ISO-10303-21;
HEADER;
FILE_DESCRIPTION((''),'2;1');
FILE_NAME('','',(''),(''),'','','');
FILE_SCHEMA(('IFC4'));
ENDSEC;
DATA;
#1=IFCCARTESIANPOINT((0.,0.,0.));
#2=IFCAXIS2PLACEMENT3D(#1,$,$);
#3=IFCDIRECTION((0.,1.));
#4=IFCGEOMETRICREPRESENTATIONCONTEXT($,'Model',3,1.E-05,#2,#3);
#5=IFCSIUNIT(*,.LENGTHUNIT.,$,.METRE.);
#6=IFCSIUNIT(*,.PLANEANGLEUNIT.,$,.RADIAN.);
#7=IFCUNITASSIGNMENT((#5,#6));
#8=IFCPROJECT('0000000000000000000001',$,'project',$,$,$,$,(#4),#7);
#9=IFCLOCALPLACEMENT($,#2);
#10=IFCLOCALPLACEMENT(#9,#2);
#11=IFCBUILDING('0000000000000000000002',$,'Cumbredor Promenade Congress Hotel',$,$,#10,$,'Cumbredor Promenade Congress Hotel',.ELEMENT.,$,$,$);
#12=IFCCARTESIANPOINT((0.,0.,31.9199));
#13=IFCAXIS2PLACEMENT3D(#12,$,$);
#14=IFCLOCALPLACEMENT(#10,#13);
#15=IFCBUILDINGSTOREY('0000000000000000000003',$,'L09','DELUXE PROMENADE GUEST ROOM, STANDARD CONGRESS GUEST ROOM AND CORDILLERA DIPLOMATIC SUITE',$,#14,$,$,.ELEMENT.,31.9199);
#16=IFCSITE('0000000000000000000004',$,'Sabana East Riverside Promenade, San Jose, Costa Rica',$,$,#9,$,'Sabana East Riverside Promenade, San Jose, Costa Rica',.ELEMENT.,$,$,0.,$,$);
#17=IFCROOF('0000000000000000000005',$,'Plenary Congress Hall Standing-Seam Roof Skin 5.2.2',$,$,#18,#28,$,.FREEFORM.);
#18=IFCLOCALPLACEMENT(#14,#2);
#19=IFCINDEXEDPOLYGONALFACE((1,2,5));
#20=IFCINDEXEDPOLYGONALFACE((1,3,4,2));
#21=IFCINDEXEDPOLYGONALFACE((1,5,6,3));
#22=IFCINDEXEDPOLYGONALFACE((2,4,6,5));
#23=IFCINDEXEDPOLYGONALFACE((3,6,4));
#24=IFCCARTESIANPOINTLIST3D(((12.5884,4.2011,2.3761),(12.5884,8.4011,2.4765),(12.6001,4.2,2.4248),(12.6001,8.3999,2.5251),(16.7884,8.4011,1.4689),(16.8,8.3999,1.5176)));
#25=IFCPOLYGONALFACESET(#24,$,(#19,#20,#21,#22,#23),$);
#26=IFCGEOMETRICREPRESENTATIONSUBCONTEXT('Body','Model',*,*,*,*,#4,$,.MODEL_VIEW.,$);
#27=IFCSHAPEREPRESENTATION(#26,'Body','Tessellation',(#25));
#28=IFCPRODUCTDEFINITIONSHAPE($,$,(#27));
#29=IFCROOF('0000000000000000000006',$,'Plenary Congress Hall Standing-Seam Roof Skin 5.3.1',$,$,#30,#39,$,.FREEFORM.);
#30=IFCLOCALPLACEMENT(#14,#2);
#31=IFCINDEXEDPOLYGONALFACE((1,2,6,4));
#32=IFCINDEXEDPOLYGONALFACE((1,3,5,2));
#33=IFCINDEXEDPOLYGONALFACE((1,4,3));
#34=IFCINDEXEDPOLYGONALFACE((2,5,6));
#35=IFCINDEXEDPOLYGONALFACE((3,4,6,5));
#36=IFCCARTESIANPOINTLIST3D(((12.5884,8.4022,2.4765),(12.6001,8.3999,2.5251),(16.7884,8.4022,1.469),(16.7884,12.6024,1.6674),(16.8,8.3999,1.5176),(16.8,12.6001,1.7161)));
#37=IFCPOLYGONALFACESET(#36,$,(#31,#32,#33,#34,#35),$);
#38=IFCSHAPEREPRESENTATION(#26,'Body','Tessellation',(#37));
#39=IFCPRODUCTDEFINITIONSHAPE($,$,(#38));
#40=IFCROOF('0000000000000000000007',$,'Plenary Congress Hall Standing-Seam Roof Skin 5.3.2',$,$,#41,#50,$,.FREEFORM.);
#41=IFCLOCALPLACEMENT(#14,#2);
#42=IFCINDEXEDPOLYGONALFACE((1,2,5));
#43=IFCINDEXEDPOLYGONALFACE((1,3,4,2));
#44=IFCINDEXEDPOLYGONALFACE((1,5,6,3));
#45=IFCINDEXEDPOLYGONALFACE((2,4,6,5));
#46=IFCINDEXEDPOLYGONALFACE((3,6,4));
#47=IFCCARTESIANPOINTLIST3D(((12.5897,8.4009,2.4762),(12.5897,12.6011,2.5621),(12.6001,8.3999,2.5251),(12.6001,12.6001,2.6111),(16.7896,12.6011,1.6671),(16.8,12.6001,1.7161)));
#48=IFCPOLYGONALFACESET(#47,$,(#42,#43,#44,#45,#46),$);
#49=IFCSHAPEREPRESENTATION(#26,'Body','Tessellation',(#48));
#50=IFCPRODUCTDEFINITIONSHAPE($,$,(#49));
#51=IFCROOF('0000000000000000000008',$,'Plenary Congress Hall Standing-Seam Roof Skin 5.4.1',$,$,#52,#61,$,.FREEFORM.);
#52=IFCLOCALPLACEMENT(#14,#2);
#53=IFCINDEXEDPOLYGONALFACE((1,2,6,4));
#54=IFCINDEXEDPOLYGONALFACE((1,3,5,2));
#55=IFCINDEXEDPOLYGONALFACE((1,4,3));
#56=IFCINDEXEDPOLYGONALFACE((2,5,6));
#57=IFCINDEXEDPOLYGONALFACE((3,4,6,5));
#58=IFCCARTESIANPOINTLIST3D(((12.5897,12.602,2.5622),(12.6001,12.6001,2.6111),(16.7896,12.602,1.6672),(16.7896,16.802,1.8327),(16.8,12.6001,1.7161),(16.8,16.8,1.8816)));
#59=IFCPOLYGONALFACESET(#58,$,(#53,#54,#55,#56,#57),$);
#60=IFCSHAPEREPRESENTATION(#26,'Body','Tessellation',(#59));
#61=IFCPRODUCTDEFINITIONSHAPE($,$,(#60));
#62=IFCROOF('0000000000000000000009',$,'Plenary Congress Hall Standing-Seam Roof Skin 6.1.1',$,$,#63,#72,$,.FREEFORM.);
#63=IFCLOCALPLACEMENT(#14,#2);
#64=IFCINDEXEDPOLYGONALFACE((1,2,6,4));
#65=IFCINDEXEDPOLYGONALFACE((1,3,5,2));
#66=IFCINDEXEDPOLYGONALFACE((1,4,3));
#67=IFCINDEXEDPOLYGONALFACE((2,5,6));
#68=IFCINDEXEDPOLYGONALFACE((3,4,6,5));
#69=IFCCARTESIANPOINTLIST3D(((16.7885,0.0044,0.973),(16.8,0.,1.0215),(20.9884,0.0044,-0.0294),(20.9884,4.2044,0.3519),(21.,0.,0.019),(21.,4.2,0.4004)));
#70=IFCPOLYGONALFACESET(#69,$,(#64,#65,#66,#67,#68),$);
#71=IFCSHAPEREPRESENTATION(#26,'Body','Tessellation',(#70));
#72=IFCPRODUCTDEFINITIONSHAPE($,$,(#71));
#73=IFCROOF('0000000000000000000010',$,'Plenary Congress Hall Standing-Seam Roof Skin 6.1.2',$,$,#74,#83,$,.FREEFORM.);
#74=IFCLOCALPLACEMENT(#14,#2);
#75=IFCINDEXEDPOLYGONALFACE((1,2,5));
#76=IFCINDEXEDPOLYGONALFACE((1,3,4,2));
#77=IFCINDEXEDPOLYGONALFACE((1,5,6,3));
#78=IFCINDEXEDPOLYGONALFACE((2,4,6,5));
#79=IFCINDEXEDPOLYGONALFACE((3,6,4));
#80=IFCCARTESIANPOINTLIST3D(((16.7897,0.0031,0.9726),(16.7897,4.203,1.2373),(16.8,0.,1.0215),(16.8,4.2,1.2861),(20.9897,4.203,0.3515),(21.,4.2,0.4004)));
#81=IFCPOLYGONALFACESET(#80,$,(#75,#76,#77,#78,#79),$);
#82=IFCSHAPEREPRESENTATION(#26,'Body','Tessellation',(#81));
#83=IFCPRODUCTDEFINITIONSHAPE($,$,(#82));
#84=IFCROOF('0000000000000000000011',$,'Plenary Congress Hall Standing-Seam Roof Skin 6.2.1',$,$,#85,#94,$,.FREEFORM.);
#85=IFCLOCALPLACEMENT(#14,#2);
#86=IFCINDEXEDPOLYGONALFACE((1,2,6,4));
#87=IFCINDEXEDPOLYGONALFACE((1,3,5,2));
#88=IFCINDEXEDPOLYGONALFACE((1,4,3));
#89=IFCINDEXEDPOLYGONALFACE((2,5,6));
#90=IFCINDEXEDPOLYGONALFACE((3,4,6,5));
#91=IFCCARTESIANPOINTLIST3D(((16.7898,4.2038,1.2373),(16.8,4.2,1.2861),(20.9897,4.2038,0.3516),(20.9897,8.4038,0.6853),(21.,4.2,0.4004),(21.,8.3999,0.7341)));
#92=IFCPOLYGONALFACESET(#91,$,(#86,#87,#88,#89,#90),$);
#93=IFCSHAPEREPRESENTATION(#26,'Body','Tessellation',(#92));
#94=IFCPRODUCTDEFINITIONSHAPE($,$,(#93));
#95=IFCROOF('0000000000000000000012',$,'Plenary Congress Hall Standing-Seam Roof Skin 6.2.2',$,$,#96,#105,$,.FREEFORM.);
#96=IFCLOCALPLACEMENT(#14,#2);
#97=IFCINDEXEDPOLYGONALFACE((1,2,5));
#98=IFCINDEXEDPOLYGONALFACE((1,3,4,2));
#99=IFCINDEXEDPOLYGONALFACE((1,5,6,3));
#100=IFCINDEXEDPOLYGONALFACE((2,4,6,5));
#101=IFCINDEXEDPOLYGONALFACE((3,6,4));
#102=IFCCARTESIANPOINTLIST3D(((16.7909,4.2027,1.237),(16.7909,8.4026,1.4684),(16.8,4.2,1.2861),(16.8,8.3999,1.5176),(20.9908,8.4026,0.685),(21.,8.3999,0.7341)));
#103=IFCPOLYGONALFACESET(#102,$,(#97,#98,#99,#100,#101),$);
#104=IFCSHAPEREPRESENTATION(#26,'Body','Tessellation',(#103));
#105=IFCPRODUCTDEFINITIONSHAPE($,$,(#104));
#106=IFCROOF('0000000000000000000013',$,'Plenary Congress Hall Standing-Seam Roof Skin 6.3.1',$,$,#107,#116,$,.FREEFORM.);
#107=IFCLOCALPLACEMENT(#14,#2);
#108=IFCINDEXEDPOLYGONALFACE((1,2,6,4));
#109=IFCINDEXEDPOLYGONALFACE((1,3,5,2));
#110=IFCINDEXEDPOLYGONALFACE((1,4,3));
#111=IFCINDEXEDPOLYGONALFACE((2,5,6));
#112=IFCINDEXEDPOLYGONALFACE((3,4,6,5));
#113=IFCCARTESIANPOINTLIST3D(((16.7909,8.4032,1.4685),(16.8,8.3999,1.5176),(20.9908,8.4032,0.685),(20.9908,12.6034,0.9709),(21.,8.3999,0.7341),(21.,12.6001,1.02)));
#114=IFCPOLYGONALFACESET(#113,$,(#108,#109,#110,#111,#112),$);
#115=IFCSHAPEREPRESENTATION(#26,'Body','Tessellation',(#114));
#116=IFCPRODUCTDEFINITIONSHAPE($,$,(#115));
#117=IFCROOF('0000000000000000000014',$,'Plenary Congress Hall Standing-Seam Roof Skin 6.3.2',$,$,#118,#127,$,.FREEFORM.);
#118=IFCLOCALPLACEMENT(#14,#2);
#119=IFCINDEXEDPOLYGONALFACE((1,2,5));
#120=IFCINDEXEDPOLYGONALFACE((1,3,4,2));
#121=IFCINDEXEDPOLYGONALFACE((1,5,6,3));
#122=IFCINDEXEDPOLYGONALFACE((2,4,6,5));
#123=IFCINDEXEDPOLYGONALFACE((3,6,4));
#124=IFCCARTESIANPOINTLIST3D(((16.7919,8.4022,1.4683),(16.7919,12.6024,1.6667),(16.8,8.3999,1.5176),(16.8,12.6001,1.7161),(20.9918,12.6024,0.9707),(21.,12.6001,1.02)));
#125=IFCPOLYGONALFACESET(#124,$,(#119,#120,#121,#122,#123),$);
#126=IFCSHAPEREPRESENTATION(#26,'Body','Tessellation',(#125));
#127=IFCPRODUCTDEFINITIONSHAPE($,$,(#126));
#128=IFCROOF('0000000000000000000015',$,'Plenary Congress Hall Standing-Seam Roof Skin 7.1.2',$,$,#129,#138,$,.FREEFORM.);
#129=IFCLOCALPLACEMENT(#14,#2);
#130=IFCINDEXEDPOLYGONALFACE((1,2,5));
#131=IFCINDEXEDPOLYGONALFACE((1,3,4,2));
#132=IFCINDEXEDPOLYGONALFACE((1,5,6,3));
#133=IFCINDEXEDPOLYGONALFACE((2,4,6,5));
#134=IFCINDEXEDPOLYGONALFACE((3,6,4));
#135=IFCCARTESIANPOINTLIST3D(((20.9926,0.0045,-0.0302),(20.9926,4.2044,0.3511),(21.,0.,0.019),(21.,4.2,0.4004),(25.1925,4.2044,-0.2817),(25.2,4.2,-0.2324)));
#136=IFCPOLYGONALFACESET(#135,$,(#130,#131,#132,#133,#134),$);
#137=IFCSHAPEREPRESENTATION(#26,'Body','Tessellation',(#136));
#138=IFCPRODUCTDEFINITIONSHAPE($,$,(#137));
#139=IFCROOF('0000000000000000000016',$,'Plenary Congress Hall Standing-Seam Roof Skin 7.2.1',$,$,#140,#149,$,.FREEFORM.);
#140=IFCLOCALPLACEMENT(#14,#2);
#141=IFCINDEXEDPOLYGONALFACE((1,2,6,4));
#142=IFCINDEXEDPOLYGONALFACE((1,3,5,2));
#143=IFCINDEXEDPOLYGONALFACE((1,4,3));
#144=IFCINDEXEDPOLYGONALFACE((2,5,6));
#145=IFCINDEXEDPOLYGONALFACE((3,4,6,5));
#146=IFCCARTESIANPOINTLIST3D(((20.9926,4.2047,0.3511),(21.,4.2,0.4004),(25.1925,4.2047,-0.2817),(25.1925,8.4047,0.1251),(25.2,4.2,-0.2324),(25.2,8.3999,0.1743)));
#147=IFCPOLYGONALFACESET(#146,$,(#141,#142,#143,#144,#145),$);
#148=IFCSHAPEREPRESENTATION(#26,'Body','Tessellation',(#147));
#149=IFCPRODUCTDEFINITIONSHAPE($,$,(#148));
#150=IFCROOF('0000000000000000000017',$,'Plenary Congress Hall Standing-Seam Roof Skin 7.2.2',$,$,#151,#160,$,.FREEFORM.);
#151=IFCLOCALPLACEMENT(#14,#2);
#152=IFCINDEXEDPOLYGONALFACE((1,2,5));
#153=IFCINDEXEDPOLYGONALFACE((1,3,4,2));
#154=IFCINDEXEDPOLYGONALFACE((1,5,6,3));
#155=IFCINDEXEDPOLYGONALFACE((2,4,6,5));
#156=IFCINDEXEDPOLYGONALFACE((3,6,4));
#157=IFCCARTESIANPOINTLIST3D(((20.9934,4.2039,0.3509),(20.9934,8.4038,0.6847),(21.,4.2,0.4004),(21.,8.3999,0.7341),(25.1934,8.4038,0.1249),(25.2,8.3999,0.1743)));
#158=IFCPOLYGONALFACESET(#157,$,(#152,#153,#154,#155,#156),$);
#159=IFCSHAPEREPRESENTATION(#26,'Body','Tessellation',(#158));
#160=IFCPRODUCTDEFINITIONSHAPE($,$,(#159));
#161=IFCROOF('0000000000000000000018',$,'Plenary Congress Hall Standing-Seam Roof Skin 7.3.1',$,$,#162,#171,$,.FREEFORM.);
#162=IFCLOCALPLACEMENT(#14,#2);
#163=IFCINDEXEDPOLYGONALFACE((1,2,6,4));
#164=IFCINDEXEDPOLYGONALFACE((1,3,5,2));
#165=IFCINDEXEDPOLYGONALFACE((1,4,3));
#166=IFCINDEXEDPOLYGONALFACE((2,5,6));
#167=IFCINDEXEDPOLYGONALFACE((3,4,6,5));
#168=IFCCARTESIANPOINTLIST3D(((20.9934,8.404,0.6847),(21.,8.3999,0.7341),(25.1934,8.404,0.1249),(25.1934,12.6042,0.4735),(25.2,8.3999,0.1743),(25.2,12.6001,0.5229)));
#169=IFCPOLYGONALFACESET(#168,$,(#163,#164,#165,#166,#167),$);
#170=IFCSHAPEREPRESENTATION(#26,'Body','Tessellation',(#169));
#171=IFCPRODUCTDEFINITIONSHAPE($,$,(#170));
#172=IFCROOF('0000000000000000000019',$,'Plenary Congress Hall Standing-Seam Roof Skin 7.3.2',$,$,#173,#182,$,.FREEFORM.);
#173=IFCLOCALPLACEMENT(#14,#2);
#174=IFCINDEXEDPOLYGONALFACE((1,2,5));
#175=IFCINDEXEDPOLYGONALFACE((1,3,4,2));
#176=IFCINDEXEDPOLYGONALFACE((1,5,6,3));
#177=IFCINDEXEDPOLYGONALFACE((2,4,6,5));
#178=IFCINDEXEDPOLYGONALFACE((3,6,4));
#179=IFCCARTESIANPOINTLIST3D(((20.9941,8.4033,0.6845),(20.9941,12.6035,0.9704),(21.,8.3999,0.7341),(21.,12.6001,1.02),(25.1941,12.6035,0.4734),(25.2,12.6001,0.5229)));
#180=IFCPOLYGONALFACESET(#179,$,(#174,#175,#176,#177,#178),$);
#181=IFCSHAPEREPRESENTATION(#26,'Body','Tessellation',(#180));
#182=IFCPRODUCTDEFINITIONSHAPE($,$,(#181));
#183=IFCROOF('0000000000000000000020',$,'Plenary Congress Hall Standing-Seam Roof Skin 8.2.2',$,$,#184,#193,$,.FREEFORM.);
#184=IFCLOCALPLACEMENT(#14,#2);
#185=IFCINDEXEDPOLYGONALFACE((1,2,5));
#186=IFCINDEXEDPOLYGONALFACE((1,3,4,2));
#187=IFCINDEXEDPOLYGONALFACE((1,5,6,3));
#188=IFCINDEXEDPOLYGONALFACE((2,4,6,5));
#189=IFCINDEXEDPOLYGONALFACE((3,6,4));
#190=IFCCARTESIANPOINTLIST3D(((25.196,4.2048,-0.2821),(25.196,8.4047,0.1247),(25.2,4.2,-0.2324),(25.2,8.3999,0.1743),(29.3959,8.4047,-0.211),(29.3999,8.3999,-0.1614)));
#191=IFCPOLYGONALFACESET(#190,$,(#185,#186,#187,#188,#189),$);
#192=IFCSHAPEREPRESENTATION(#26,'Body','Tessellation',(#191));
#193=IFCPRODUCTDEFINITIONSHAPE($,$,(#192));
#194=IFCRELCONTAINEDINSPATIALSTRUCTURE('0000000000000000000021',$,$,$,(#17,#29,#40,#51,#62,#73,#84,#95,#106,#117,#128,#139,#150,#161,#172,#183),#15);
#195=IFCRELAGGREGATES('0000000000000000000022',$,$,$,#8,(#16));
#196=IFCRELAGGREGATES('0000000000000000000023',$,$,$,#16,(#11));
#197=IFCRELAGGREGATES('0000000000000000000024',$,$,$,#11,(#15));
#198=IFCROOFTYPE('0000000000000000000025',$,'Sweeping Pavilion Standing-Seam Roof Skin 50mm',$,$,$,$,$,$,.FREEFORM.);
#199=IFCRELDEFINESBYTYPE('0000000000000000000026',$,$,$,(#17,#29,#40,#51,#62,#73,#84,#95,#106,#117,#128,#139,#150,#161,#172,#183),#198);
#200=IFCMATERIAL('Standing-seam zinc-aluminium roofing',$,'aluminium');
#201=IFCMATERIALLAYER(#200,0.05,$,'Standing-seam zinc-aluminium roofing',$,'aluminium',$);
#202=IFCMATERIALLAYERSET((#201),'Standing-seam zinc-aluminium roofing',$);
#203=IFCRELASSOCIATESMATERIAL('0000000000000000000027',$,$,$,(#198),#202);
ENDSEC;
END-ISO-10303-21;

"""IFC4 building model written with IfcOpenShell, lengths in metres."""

from ifc_helpers import new_model, si_unit, direction, frame, origin, place, context, subcontext, project, spatial, polyline, outline, extrude, material, layer, layer_set, type_object, element, save


model = new_model("IFC4")

# Units and contexts
model_context = context("Model", 3, precision=1e-05, world=origin(), true_north=direction((0.0, 1.0)))
body_context = subcontext(model_context, "Body", "Model", "MODEL_VIEW")
ifc_project = project(units=[si_unit("LENGTHUNIT", "METRE"), si_unit("PLANEANGLEUNIT", "RADIAN")], contexts=[model_context])

# Site, building, storey
site_placement = place(None, origin())
site = spatial("IfcSite", under=ifc_project, at=site_placement, Name="Sabana East Riverside Promenade, San Jose, Costa Rica", LongName="Sabana East Riverside Promenade, San Jose, Costa Rica", CompositionType="ELEMENT", RefElevation=0.0)
building_placement = place(site_placement, origin())
building = spatial("IfcBuilding", under=site, at=building_placement, Name="Cumbredor Promenade Congress Hotel", LongName="Cumbredor Promenade Congress Hotel", CompositionType="ELEMENT")
storey_placement = place(building_placement, frame((0.0, 0.0, 31.9199)))
storey = spatial("IfcBuildingStorey", under=building, at=storey_placement, Name="L09", Description="DELUXE PROMENADE GUEST ROOM, STANDARD CONGRESS GUEST ROOM AND CORDILLERA DIPLOMATIC SUITE", CompositionType="ELEMENT", Elevation=31.9199)

# Roofs
ifc_material_1 = material(Name="Standing-seam zinc-aluminium roofing", Category="aluminium")
ifc_layer_1 = layer(ifc_material_1, 0.05, Name="Standing-seam zinc-aluminium roofing", Category="aluminium")
ifc_layer_set_1 = layer_set([ifc_layer_1], Name="Standing-seam zinc-aluminium roofing")
roof_type = type_object("IfcRoofType", Name="Sweeping Pavilion Standing-Seam Roof Skin 50mm", PredefinedType="FREEFORM", material=ifc_layer_set_1)
roof_1_placement = place(storey_placement, frame((12.6001, 4.2, 2.4248), z_axis=(0.233218, -0.023226, 0.972147), x_axis=(0.699, 0.699, -0.15099)))
element("IfcRoof", 1, at=roof_1_placement, inside=storey, type_object=roof_type, Name="Plenary Congress Hall Standing-Seam Roof Skin 5.2.2", PredefinedType="FREEFORM", context=body_context, shape_type="SweptSolid", body=[
    extrude(outline(polyline([(0.0, 0.0), (6.0085, 0.0), (2.9206, 3.0199), (0.0, 0.0)])), origin(), (0.0, 0.0, -1.0), 0.05),
])
roof_2_placement = place(storey_placement, frame((12.6001, 8.3999, 2.5251), z_axis=(0.233035, -0.045904, 0.971384), x_axis=(0.972409, 0.0, -0.233281)))
element("IfcRoof", 2, at=roof_2_placement, inside=storey, type_object=roof_type, Name="Plenary Congress Hall Standing-Seam Roof Skin 5.3.1", PredefinedType="FREEFORM", context=body_context, shape_type="SweptSolid", body=[
    extrude(outline(polyline([(0.0, 0.0), (4.3191, 0.0), (4.2728, 4.2046), (0.0, 0.0)])), origin(), (0.0, 0.0, -1.0), 0.05),
])
roof_3_placement = place(storey_placement, frame((12.6001, 8.3999, 2.5251), z_axis=(0.208381, -0.020007, 0.977843), x_axis=(0.700616, 0.700657, -0.134967)))
element("IfcRoof", 3, at=roof_3_placement, inside=storey, type_object=roof_type, Name="Plenary Congress Hall Standing-Seam Roof Skin 5.3.2", PredefinedType="FREEFORM", context=body_context, shape_type="SweptSolid", body=[
    extrude(outline(polyline([(0.0, 0.0), (5.9947, 0.0), (2.9313, 3.0094), (0.0, 0.0)])), origin(), (0.0, 0.0, -1.0), 0.05),
])
roof_4_placement = place(storey_placement, frame((12.6001, 12.6001, 2.6111), z_axis=(0.208268, -0.038518, 0.977313), x_axis=(0.978039, 0.0, -0.208422)))
element("IfcRoof", 4, at=roof_4_placement, inside=storey, type_object=roof_type, Name="Plenary Congress Hall Standing-Seam Roof Skin 5.4.1", PredefinedType="FREEFORM", context=body_context, shape_type="SweptSolid", body=[
    extrude(outline(polyline([(0.0, 0.0), (4.2943, 0.0), (4.2598, 4.2031), (0.0, 0.0)])), origin(), (0.0, 0.0, -1.0), 0.05),
])
roof_5_placement = place(storey_placement, frame((16.8, 0.0, 1.0215), z_axis=(0.231258, -0.087975, 0.968907), x_axis=(0.972678, 0.0, -0.232158)))
element("IfcRoof", 5, at=roof_5_placement, inside=storey, type_object=roof_type, Name="Plenary Congress Hall Standing-Seam Roof Skin 6.1.1", PredefinedType="FREEFORM", context=body_context, shape_type="SweptSolid", body=[
    extrude(outline(polyline([(0.0, 0.0), (4.3179, 0.0), (4.2294, 4.2163), (0.0, 0.0)])), origin(), (0.0, 0.0, -1.0), 0.05),
])
roof_6_placement = place(storey_placement, frame((16.8, 0.0, 1.0215), z_axis=(0.205963, -0.061539, 0.976623), x_axis=(0.703272, 0.703272, -0.104001)))
element("IfcRoof", 6, at=roof_6_placement, inside=storey, type_object=roof_type, Name="Plenary Congress Hall Standing-Seam Roof Skin 6.1.2", PredefinedType="FREEFORM", context=body_context, shape_type="SweptSolid", body=[
    extrude(outline(polyline([(0.0, 0.0), (5.972, 0.0), (2.9262, 3.0244), (0.0, 0.0)])), origin(), (0.0, 0.0, -1.0), 0.05),
])
roof_7_placement = place(storey_placement, frame((16.8, 4.2, 1.2861), z_axis=(0.205734, -0.077519, 0.975533), x_axis=(0.978477, 0.0, -0.206354)))
element("IfcRoof", 7, at=roof_7_placement, inside=storey, type_object=roof_type, Name="Plenary Congress Hall Standing-Seam Roof Skin 6.2.1", PredefinedType="FREEFORM", context=body_context, shape_type="SweptSolid", body=[
    extrude(outline(polyline([(0.0, 0.0), (4.2923, 0.0), (4.2235, 4.2126), (0.0, 0.0)])), origin(), (0.0, 0.0, -1.0), 0.05),
])
roof_8_placement = place(storey_placement, frame((16.8, 4.2, 1.2861), z_axis=(0.183106, -0.054093, 0.981604), x_axis=(0.704073, 0.704073, -0.092537)))
element("IfcRoof", 8, at=roof_8_placement, inside=storey, type_object=roof_type, Name="Plenary Congress Hall Standing-Seam Roof Skin 6.2.2", PredefinedType="FREEFORM", context=body_context, shape_type="SweptSolid", body=[
    extrude(outline(polyline([(0.0, 0.0), (5.9652, 0.0), (2.9357, 3.0125), (0.0, 0.0)])), origin(), (0.0, 0.0, -1.0), 0.05),
])
roof_9_placement = place(storey_placement, frame((16.8, 8.3999, 1.5176), z_axis=(0.182965, -0.066762, 0.98085), x_axis=(0.983043, 0.0, -0.183374)))
element("IfcRoof", 9, at=roof_9_placement, inside=storey, type_object=roof_type, Name="Plenary Congress Hall Standing-Seam Roof Skin 6.3.1", PredefinedType="FREEFORM", context=body_context, shape_type="SweptSolid", body=[
    extrude(outline(polyline([(0.0, 0.0), (4.2724, 0.0), (4.22, 4.2096), (0.0, 0.0)])), origin(), (0.0, 0.0, -1.0), 0.05),
])
roof_10_placement = place(storey_placement, frame((16.8, 8.3999, 1.5176), z_axis=(0.163319, -0.04657, 0.985473), x_axis=(0.704618, 0.704659, -0.083475)))
element("IfcRoof", 10, at=roof_10_placement, inside=storey, type_object=roof_type, Name="Plenary Congress Hall Standing-Seam Roof Skin 6.3.2", PredefinedType="FREEFORM", context=body_context, shape_type="SweptSolid", body=[
    extrude(outline(polyline([(0.0, 0.0), (5.9606, 0.0), (2.9431, 3.0032), (0.0, 0.0)])), origin(), (0.0, 0.0, -1.0), 0.05),
])
roof_11_placement = place(storey_placement, frame((21.0, 0.0, 0.019), z_axis=(0.148393, -0.089425, 0.984877), x_axis=(0.706474, 0.706474, -0.042299)))
element("IfcRoof", 11, at=roof_11_placement, inside=storey, type_object=roof_type, Name="Plenary Congress Hall Standing-Seam Roof Skin 7.1.2", PredefinedType="FREEFORM", context=body_context, shape_type="SweptSolid", body=[
    extrude(outline(polyline([(0.0, 0.0), (5.9449, 0.0), (2.951, 3.0127), (0.0, 0.0)])), origin(), (0.0, 0.0, -1.0), 0.05),
])
roof_12_placement = place(storey_placement, frame((21.0, 4.2, 0.4004), z_axis=(0.148311, -0.095327, 0.984336), x_axis=(0.988839, 0.0, -0.14899)))
element("IfcRoof", 12, at=roof_12_placement, inside=storey, type_object=roof_type, Name="Plenary Congress Hall Standing-Seam Roof Skin 7.2.1", PredefinedType="FREEFORM", context=body_context, shape_type="SweptSolid", body=[
    extrude(outline(polyline([(0.0, 0.0), (4.2474, 0.0), (4.1868, 4.2192), (0.0, 0.0)])), origin(), (0.0, 0.0, -1.0), 0.05),
])
roof_13_placement = place(storey_placement, frame((21.0, 4.2, 0.4004), z_axis=(0.131714, -0.078523, 0.988173), x_axis=(0.706595, 0.706595, -0.038034)))
element("IfcRoof", 13, at=roof_13_placement, inside=storey, type_object=roof_type, Name="Plenary Congress Hall Standing-Seam Roof Skin 7.2.2", PredefinedType="FREEFORM", context=body_context, shape_type="SweptSolid", body=[
    extrude(outline(polyline([(0.0, 0.0), (5.9439, 0.0), (2.955, 3.0032), (0.0, 0.0)])), origin(), (0.0, 0.0, -1.0), 0.05),
])
roof_14_placement = place(storey_placement, frame((21.0, 8.3999, 0.7341), z_axis=(0.131677, -0.081999, 0.987895), x_axis=(0.991233, 0.0, -0.132122)))
element("IfcRoof", 14, at=roof_14_placement, inside=storey, type_object=roof_type, Name="Plenary Congress Hall Standing-Seam Roof Skin 7.3.1", PredefinedType="FREEFORM", context=body_context, shape_type="SweptSolid", body=[
    extrude(outline(polyline([(0.0, 0.0), (4.2371, 0.0), (4.191, 4.2144), (0.0, 0.0)])), origin(), (0.0, 0.0, -1.0), 0.05),
])
roof_15_placement = place(storey_placement, frame((21.0, 8.3999, 0.7341), z_axis=(0.117264, -0.06744, 0.990808), x_axis=(0.70664, 0.706681, -0.035531)))
element("IfcRoof", 15, at=roof_15_placement, inside=storey, type_object=roof_type, Name="Plenary Congress Hall Standing-Seam Roof Skin 7.3.2", PredefinedType="FREEFORM", context=body_context, shape_type="SweptSolid", body=[
    extrude(outline(polyline([(0.0, 0.0), (5.9436, 0.0), (2.958, 2.9956), (0.0, 0.0)])), origin(), (0.0, 0.0, -1.0), 0.05),
])
roof_16_placement = place(storey_placement, frame((25.2, 4.2, -0.2324), z_axis=(0.079305, -0.096089, 0.992208), x_axis=(0.707056, 0.707056, 0.01196)))
element("IfcRoof", 16, at=roof_16_placement, inside=storey, type_object=roof_type, Name="Plenary Congress Hall Standing-Seam Roof Skin 8.2.2", PredefinedType="FREEFORM", context=body_context, shape_type="SweptSolid", body=[
    extrude(outline(polyline([(0.0, 0.0), (5.9401, 0.0), (2.9745, 2.9929), (0.0, 0.0)])), origin(), (0.0, 0.0, -1.0), 0.05),
])

save(model, "model.ifc")
